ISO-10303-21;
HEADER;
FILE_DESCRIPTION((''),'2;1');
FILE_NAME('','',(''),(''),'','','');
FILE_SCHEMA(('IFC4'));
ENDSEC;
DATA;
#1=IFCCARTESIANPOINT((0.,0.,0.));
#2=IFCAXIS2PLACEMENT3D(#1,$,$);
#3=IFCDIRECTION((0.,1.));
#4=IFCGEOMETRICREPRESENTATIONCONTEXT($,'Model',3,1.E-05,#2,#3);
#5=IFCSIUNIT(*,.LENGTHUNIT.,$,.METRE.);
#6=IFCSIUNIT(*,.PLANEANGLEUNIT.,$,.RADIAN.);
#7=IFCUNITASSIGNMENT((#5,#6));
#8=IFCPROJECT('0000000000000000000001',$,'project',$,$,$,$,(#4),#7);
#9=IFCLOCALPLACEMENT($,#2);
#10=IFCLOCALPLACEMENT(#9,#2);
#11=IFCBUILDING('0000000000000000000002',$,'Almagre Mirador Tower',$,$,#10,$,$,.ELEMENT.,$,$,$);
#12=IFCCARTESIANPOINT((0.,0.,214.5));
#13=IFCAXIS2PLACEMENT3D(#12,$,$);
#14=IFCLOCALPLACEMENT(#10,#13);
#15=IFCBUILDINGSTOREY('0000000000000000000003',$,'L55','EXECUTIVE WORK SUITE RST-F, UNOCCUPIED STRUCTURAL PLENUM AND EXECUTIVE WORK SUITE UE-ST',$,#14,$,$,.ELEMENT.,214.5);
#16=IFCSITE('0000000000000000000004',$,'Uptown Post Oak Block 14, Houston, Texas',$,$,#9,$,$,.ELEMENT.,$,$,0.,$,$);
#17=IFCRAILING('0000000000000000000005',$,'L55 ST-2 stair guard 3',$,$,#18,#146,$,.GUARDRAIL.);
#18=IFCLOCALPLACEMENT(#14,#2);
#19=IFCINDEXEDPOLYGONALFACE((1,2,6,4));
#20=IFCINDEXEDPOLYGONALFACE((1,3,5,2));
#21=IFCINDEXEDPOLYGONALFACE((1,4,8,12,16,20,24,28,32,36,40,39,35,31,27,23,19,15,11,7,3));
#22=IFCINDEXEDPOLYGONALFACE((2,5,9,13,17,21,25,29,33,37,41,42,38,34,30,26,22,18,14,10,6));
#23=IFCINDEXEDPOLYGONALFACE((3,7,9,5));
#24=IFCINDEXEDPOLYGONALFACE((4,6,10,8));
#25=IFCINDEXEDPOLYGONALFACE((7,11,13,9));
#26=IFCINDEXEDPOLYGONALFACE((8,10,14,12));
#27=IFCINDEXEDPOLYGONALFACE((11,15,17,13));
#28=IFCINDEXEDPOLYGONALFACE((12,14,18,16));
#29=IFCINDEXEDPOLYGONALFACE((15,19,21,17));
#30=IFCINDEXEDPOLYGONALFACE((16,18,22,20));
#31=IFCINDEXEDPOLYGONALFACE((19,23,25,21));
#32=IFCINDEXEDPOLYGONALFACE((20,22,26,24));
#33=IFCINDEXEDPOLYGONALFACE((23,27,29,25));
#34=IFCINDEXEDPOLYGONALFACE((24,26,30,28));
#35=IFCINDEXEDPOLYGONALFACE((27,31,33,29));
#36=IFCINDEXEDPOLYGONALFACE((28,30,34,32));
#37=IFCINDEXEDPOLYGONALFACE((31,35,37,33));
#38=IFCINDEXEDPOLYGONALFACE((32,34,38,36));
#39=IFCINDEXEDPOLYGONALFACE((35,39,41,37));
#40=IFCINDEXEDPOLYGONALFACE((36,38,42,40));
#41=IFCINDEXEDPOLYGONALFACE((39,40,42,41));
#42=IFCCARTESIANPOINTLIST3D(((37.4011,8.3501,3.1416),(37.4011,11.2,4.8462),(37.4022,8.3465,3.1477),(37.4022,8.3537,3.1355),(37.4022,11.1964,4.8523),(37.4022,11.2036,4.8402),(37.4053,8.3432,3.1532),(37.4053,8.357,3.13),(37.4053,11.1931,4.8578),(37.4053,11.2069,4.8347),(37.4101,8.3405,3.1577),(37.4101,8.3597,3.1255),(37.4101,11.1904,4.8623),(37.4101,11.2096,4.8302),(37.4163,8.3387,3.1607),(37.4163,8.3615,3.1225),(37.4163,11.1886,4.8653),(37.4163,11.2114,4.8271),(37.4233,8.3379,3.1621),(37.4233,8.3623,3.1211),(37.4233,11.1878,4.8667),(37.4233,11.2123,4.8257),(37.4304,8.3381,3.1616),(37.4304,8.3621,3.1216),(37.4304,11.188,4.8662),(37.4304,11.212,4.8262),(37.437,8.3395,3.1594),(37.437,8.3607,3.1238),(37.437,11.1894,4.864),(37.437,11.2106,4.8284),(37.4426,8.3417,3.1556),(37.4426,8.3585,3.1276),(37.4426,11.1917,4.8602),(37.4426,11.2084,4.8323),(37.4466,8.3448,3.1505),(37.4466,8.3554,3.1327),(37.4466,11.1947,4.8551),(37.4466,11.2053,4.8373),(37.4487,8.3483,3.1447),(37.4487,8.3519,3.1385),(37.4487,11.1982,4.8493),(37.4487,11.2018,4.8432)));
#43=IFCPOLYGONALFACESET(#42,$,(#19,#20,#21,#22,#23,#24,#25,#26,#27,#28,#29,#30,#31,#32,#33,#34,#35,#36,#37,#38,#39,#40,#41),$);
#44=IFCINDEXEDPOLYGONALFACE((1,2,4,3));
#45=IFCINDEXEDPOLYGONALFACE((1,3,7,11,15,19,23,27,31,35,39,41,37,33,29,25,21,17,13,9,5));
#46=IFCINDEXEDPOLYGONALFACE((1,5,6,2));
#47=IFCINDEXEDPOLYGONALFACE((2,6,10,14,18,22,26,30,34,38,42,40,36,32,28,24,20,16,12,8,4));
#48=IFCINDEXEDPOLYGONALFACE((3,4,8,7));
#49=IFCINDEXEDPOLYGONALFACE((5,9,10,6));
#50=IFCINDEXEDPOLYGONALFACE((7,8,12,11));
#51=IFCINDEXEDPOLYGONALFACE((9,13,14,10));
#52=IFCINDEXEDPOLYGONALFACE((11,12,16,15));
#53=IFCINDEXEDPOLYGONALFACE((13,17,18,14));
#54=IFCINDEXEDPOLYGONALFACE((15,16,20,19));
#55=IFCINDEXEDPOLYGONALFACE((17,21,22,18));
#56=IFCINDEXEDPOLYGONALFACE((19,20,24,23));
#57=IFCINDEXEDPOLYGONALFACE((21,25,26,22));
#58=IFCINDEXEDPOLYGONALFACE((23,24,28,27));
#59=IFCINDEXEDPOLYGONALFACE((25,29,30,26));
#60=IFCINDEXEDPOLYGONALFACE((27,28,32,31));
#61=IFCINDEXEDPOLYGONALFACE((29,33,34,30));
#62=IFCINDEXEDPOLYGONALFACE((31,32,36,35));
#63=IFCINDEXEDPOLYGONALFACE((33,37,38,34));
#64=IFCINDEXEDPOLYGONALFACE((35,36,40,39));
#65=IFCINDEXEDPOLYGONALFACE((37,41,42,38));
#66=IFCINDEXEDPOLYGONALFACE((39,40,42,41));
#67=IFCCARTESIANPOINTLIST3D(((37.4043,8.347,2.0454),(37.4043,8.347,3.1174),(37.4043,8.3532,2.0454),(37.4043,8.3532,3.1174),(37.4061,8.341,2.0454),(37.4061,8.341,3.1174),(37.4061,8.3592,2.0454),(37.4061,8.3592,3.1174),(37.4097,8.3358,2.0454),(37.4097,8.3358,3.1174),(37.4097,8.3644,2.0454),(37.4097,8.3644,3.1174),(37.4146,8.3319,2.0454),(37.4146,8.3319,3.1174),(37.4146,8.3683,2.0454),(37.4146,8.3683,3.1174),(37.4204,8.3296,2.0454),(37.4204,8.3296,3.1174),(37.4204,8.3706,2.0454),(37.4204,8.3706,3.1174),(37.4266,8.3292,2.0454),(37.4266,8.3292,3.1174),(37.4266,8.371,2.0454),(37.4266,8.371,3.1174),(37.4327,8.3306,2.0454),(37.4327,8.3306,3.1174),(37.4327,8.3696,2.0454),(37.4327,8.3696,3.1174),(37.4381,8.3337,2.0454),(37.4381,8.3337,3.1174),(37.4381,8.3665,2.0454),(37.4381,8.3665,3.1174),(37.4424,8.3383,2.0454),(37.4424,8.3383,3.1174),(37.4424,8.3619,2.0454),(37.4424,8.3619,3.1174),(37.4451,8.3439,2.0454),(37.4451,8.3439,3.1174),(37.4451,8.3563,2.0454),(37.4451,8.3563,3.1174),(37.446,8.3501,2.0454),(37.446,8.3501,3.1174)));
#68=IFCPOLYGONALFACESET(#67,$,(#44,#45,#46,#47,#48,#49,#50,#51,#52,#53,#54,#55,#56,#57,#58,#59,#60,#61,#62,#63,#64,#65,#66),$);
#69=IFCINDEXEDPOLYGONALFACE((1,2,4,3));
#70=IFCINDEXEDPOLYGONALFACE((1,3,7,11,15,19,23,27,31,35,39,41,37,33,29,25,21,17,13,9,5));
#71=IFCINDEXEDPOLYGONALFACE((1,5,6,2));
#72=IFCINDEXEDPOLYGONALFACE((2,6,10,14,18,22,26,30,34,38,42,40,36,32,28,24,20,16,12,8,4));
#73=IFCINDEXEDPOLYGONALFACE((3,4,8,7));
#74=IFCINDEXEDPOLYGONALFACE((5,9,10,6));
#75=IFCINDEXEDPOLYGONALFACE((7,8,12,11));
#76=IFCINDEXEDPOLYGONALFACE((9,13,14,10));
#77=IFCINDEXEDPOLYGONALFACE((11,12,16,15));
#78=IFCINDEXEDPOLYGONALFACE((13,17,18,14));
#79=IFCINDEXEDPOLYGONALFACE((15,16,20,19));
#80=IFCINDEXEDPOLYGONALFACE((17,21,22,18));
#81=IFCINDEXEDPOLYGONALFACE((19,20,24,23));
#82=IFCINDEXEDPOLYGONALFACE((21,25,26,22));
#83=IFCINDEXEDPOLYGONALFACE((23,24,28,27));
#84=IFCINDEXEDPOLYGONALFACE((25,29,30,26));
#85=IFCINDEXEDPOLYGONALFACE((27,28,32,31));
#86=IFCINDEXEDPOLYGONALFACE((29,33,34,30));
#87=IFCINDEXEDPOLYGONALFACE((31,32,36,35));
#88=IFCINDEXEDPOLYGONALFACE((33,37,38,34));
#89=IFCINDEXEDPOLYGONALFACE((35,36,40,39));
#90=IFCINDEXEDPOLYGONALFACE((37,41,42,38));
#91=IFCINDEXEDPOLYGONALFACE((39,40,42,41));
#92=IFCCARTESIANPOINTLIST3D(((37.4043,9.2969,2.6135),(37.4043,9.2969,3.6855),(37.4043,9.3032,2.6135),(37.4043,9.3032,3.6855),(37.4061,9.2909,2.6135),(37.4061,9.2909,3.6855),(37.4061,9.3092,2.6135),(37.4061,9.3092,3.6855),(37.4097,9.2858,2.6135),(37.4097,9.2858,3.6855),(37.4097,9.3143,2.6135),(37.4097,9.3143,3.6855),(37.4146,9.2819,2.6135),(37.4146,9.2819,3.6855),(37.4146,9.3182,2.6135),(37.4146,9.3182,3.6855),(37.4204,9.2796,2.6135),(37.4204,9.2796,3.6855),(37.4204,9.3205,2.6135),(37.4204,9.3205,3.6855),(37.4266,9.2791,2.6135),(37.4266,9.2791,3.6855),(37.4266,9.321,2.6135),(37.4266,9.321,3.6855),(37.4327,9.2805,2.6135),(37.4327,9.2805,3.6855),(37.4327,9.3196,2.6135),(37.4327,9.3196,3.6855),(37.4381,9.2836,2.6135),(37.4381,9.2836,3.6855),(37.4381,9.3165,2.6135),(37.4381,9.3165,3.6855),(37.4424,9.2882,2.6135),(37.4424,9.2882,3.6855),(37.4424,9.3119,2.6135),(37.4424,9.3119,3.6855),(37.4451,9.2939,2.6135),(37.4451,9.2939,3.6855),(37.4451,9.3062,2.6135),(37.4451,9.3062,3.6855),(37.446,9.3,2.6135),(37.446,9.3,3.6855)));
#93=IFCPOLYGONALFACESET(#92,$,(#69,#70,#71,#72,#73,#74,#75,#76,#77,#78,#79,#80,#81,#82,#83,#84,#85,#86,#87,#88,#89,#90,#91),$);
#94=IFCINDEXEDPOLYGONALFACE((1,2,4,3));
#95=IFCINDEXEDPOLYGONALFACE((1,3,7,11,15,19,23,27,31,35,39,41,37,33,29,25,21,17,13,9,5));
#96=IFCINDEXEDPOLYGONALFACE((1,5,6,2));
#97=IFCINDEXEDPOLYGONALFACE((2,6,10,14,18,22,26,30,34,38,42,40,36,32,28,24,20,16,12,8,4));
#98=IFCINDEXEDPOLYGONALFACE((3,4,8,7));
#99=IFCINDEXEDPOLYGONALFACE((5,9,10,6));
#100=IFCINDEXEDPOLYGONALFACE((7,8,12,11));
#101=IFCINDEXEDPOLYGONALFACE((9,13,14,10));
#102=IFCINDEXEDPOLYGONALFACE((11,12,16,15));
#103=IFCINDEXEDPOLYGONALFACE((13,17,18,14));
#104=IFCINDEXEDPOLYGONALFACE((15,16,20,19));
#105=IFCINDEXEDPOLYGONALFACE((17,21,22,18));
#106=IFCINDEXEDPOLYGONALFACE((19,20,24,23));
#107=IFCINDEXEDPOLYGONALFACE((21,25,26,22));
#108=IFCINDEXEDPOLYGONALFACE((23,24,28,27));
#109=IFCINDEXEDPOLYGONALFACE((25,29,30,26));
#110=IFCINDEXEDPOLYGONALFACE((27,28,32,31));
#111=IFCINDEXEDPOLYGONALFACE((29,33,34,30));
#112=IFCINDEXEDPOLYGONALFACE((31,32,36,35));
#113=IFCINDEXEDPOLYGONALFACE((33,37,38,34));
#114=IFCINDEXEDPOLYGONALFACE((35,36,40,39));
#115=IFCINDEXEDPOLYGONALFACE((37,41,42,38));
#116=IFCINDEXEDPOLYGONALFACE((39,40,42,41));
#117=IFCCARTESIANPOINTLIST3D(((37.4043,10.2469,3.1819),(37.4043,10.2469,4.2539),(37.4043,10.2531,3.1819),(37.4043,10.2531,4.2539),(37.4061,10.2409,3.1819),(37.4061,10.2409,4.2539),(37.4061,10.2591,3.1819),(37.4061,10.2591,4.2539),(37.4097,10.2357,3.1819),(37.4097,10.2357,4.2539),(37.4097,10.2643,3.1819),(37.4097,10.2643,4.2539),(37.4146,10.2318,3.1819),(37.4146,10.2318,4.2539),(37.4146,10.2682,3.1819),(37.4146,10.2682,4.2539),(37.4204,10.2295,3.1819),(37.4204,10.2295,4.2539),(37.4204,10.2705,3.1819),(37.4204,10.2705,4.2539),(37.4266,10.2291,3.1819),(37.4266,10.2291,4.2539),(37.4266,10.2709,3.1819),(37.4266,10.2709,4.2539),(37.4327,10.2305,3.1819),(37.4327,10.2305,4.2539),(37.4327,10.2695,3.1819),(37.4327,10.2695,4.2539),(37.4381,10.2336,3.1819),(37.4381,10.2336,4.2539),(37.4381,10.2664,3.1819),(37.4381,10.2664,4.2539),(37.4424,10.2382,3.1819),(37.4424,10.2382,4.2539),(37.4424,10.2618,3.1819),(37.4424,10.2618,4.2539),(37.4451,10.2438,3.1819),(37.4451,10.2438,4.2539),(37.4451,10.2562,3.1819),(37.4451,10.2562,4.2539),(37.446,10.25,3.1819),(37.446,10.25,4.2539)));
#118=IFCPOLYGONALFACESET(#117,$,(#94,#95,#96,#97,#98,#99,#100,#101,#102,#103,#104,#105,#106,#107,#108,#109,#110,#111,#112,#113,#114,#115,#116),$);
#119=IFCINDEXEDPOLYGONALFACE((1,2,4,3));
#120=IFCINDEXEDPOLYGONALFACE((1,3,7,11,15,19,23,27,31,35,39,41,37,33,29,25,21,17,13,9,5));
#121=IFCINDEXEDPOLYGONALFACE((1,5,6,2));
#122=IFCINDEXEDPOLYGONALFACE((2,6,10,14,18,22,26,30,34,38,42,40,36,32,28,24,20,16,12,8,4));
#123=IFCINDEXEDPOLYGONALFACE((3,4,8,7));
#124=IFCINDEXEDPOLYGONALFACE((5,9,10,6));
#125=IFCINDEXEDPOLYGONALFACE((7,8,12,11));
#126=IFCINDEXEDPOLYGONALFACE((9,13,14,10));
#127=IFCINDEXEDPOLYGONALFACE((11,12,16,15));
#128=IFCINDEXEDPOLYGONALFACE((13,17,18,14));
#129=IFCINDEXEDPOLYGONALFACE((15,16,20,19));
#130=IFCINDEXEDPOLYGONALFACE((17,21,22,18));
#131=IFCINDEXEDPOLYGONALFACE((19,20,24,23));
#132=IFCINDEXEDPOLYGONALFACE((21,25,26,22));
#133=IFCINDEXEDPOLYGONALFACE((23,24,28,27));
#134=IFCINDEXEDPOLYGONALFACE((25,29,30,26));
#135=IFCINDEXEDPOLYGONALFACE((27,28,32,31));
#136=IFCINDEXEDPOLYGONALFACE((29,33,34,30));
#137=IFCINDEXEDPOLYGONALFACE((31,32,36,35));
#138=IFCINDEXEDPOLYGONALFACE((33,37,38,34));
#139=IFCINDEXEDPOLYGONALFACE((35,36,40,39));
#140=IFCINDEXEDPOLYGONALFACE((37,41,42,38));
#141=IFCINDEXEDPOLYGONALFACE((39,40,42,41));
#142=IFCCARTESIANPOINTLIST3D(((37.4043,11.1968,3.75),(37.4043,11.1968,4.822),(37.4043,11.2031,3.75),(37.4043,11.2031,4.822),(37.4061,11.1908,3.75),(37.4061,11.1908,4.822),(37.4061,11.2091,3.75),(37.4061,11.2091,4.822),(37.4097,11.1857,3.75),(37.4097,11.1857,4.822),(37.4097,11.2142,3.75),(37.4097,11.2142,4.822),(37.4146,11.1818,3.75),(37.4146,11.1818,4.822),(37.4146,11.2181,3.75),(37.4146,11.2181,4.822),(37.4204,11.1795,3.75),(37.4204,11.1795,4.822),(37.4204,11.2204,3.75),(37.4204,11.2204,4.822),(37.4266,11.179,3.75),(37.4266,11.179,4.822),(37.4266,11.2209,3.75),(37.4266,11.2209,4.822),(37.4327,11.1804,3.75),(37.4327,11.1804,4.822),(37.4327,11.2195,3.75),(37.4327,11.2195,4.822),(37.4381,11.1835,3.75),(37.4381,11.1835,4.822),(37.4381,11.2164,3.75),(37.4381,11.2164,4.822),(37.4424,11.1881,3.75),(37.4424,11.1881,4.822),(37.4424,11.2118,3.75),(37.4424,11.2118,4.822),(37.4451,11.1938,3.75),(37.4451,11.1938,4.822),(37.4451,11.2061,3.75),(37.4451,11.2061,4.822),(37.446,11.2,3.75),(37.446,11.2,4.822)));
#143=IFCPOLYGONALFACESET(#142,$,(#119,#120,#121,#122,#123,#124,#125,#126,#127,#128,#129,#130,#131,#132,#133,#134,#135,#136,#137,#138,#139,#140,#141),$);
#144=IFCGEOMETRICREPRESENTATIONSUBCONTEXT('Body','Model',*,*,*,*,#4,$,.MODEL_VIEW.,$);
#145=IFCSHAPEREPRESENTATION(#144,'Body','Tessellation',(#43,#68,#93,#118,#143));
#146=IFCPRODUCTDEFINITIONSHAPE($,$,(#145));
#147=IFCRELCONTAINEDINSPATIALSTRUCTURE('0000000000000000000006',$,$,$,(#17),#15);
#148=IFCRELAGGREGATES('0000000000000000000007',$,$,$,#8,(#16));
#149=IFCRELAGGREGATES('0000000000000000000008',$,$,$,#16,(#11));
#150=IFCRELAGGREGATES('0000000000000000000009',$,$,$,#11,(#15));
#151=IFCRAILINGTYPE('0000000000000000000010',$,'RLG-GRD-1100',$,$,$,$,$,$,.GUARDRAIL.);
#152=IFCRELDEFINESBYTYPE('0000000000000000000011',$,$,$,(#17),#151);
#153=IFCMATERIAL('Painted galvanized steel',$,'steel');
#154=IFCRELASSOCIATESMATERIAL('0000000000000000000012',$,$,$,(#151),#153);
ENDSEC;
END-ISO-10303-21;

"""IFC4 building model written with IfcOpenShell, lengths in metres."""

from ifc_helpers import new_model, si_unit, direction, frame, origin, origin_2d, place, context, subcontext, project, spatial, circle, extrude, material, type_object, element, save


model = new_model("IFC4")

# Units and contexts
model_context = context("Model", 3, precision=1e-05, world=origin(), true_north=direction((0.0, 1.0)))
body_context = subcontext(model_context, "Body", "Model", "MODEL_VIEW")
ifc_project = project(units=[si_unit("LENGTHUNIT", "METRE"), si_unit("PLANEANGLEUNIT", "RADIAN")], contexts=[model_context])

# Site, building, storey
site_placement = place(None, origin())
site = spatial("IfcSite", under=ifc_project, at=site_placement, Name="Uptown Post Oak Block 14, Houston, Texas", CompositionType="ELEMENT", RefElevation=0.0)
building_placement = place(site_placement, origin())
building = spatial("IfcBuilding", under=site, at=building_placement, Name="Almagre Mirador Tower", CompositionType="ELEMENT")
storey_placement = place(building_placement, frame((0.0, 0.0, 214.5)))
storey = spatial("IfcBuildingStorey", under=building, at=storey_placement, Name="L55", Description="EXECUTIVE WORK SUITE RST-F, UNOCCUPIED STRUCTURAL PLENUM AND EXECUTIVE WORK SUITE UE-ST", CompositionType="ELEMENT", Elevation=214.5)

# Railing
ifc_material_1 = material(Name="Painted galvanized steel", Category="steel")
railing_type_1 = type_object("IfcRailingType", Name="RLG-GRD-1100", PredefinedType="GUARDRAIL", material=ifc_material_1)
railing_1_placement = place(storey_placement, frame((37.425, 8.3501, 2.0454)))
element("IfcRailing", 1, at=railing_1_placement, inside=storey, type_object=railing_type_1, Name="L55 ST-2 stair guard 3", PredefinedType="GUARDRAIL", context=body_context, shape_type="SweptSolid", body=[
    extrude(circle(Radius=0.0239, at=origin_2d()), frame((0.0, 0.0, 1.0962), z_axis=(0.0, 0.858199, 0.513317), x_axis=(-1.0, 0.0, 0.0)), (0.0, 0.0, 1.0), 3.3208),
    extrude(circle(Radius=0.021, at=origin_2d()), origin(), (0.0, 0.0, 1.0), 1.072),
    extrude(circle(Radius=0.021, at=origin_2d()), frame((0.0, 0.95, 0.5681)), (0.0, 0.0, 1.0), 1.072),
    extrude(circle(Radius=0.021, at=origin_2d()), frame((0.0, 1.8999, 1.1365)), (0.0, 0.0, 1.0), 1.072),
    extrude(circle(Radius=0.021, at=origin_2d()), frame((0.0, 2.8499, 1.7046)), (0.0, 0.0, 1.0), 1.072),
])

save(model, "model.ifc")
